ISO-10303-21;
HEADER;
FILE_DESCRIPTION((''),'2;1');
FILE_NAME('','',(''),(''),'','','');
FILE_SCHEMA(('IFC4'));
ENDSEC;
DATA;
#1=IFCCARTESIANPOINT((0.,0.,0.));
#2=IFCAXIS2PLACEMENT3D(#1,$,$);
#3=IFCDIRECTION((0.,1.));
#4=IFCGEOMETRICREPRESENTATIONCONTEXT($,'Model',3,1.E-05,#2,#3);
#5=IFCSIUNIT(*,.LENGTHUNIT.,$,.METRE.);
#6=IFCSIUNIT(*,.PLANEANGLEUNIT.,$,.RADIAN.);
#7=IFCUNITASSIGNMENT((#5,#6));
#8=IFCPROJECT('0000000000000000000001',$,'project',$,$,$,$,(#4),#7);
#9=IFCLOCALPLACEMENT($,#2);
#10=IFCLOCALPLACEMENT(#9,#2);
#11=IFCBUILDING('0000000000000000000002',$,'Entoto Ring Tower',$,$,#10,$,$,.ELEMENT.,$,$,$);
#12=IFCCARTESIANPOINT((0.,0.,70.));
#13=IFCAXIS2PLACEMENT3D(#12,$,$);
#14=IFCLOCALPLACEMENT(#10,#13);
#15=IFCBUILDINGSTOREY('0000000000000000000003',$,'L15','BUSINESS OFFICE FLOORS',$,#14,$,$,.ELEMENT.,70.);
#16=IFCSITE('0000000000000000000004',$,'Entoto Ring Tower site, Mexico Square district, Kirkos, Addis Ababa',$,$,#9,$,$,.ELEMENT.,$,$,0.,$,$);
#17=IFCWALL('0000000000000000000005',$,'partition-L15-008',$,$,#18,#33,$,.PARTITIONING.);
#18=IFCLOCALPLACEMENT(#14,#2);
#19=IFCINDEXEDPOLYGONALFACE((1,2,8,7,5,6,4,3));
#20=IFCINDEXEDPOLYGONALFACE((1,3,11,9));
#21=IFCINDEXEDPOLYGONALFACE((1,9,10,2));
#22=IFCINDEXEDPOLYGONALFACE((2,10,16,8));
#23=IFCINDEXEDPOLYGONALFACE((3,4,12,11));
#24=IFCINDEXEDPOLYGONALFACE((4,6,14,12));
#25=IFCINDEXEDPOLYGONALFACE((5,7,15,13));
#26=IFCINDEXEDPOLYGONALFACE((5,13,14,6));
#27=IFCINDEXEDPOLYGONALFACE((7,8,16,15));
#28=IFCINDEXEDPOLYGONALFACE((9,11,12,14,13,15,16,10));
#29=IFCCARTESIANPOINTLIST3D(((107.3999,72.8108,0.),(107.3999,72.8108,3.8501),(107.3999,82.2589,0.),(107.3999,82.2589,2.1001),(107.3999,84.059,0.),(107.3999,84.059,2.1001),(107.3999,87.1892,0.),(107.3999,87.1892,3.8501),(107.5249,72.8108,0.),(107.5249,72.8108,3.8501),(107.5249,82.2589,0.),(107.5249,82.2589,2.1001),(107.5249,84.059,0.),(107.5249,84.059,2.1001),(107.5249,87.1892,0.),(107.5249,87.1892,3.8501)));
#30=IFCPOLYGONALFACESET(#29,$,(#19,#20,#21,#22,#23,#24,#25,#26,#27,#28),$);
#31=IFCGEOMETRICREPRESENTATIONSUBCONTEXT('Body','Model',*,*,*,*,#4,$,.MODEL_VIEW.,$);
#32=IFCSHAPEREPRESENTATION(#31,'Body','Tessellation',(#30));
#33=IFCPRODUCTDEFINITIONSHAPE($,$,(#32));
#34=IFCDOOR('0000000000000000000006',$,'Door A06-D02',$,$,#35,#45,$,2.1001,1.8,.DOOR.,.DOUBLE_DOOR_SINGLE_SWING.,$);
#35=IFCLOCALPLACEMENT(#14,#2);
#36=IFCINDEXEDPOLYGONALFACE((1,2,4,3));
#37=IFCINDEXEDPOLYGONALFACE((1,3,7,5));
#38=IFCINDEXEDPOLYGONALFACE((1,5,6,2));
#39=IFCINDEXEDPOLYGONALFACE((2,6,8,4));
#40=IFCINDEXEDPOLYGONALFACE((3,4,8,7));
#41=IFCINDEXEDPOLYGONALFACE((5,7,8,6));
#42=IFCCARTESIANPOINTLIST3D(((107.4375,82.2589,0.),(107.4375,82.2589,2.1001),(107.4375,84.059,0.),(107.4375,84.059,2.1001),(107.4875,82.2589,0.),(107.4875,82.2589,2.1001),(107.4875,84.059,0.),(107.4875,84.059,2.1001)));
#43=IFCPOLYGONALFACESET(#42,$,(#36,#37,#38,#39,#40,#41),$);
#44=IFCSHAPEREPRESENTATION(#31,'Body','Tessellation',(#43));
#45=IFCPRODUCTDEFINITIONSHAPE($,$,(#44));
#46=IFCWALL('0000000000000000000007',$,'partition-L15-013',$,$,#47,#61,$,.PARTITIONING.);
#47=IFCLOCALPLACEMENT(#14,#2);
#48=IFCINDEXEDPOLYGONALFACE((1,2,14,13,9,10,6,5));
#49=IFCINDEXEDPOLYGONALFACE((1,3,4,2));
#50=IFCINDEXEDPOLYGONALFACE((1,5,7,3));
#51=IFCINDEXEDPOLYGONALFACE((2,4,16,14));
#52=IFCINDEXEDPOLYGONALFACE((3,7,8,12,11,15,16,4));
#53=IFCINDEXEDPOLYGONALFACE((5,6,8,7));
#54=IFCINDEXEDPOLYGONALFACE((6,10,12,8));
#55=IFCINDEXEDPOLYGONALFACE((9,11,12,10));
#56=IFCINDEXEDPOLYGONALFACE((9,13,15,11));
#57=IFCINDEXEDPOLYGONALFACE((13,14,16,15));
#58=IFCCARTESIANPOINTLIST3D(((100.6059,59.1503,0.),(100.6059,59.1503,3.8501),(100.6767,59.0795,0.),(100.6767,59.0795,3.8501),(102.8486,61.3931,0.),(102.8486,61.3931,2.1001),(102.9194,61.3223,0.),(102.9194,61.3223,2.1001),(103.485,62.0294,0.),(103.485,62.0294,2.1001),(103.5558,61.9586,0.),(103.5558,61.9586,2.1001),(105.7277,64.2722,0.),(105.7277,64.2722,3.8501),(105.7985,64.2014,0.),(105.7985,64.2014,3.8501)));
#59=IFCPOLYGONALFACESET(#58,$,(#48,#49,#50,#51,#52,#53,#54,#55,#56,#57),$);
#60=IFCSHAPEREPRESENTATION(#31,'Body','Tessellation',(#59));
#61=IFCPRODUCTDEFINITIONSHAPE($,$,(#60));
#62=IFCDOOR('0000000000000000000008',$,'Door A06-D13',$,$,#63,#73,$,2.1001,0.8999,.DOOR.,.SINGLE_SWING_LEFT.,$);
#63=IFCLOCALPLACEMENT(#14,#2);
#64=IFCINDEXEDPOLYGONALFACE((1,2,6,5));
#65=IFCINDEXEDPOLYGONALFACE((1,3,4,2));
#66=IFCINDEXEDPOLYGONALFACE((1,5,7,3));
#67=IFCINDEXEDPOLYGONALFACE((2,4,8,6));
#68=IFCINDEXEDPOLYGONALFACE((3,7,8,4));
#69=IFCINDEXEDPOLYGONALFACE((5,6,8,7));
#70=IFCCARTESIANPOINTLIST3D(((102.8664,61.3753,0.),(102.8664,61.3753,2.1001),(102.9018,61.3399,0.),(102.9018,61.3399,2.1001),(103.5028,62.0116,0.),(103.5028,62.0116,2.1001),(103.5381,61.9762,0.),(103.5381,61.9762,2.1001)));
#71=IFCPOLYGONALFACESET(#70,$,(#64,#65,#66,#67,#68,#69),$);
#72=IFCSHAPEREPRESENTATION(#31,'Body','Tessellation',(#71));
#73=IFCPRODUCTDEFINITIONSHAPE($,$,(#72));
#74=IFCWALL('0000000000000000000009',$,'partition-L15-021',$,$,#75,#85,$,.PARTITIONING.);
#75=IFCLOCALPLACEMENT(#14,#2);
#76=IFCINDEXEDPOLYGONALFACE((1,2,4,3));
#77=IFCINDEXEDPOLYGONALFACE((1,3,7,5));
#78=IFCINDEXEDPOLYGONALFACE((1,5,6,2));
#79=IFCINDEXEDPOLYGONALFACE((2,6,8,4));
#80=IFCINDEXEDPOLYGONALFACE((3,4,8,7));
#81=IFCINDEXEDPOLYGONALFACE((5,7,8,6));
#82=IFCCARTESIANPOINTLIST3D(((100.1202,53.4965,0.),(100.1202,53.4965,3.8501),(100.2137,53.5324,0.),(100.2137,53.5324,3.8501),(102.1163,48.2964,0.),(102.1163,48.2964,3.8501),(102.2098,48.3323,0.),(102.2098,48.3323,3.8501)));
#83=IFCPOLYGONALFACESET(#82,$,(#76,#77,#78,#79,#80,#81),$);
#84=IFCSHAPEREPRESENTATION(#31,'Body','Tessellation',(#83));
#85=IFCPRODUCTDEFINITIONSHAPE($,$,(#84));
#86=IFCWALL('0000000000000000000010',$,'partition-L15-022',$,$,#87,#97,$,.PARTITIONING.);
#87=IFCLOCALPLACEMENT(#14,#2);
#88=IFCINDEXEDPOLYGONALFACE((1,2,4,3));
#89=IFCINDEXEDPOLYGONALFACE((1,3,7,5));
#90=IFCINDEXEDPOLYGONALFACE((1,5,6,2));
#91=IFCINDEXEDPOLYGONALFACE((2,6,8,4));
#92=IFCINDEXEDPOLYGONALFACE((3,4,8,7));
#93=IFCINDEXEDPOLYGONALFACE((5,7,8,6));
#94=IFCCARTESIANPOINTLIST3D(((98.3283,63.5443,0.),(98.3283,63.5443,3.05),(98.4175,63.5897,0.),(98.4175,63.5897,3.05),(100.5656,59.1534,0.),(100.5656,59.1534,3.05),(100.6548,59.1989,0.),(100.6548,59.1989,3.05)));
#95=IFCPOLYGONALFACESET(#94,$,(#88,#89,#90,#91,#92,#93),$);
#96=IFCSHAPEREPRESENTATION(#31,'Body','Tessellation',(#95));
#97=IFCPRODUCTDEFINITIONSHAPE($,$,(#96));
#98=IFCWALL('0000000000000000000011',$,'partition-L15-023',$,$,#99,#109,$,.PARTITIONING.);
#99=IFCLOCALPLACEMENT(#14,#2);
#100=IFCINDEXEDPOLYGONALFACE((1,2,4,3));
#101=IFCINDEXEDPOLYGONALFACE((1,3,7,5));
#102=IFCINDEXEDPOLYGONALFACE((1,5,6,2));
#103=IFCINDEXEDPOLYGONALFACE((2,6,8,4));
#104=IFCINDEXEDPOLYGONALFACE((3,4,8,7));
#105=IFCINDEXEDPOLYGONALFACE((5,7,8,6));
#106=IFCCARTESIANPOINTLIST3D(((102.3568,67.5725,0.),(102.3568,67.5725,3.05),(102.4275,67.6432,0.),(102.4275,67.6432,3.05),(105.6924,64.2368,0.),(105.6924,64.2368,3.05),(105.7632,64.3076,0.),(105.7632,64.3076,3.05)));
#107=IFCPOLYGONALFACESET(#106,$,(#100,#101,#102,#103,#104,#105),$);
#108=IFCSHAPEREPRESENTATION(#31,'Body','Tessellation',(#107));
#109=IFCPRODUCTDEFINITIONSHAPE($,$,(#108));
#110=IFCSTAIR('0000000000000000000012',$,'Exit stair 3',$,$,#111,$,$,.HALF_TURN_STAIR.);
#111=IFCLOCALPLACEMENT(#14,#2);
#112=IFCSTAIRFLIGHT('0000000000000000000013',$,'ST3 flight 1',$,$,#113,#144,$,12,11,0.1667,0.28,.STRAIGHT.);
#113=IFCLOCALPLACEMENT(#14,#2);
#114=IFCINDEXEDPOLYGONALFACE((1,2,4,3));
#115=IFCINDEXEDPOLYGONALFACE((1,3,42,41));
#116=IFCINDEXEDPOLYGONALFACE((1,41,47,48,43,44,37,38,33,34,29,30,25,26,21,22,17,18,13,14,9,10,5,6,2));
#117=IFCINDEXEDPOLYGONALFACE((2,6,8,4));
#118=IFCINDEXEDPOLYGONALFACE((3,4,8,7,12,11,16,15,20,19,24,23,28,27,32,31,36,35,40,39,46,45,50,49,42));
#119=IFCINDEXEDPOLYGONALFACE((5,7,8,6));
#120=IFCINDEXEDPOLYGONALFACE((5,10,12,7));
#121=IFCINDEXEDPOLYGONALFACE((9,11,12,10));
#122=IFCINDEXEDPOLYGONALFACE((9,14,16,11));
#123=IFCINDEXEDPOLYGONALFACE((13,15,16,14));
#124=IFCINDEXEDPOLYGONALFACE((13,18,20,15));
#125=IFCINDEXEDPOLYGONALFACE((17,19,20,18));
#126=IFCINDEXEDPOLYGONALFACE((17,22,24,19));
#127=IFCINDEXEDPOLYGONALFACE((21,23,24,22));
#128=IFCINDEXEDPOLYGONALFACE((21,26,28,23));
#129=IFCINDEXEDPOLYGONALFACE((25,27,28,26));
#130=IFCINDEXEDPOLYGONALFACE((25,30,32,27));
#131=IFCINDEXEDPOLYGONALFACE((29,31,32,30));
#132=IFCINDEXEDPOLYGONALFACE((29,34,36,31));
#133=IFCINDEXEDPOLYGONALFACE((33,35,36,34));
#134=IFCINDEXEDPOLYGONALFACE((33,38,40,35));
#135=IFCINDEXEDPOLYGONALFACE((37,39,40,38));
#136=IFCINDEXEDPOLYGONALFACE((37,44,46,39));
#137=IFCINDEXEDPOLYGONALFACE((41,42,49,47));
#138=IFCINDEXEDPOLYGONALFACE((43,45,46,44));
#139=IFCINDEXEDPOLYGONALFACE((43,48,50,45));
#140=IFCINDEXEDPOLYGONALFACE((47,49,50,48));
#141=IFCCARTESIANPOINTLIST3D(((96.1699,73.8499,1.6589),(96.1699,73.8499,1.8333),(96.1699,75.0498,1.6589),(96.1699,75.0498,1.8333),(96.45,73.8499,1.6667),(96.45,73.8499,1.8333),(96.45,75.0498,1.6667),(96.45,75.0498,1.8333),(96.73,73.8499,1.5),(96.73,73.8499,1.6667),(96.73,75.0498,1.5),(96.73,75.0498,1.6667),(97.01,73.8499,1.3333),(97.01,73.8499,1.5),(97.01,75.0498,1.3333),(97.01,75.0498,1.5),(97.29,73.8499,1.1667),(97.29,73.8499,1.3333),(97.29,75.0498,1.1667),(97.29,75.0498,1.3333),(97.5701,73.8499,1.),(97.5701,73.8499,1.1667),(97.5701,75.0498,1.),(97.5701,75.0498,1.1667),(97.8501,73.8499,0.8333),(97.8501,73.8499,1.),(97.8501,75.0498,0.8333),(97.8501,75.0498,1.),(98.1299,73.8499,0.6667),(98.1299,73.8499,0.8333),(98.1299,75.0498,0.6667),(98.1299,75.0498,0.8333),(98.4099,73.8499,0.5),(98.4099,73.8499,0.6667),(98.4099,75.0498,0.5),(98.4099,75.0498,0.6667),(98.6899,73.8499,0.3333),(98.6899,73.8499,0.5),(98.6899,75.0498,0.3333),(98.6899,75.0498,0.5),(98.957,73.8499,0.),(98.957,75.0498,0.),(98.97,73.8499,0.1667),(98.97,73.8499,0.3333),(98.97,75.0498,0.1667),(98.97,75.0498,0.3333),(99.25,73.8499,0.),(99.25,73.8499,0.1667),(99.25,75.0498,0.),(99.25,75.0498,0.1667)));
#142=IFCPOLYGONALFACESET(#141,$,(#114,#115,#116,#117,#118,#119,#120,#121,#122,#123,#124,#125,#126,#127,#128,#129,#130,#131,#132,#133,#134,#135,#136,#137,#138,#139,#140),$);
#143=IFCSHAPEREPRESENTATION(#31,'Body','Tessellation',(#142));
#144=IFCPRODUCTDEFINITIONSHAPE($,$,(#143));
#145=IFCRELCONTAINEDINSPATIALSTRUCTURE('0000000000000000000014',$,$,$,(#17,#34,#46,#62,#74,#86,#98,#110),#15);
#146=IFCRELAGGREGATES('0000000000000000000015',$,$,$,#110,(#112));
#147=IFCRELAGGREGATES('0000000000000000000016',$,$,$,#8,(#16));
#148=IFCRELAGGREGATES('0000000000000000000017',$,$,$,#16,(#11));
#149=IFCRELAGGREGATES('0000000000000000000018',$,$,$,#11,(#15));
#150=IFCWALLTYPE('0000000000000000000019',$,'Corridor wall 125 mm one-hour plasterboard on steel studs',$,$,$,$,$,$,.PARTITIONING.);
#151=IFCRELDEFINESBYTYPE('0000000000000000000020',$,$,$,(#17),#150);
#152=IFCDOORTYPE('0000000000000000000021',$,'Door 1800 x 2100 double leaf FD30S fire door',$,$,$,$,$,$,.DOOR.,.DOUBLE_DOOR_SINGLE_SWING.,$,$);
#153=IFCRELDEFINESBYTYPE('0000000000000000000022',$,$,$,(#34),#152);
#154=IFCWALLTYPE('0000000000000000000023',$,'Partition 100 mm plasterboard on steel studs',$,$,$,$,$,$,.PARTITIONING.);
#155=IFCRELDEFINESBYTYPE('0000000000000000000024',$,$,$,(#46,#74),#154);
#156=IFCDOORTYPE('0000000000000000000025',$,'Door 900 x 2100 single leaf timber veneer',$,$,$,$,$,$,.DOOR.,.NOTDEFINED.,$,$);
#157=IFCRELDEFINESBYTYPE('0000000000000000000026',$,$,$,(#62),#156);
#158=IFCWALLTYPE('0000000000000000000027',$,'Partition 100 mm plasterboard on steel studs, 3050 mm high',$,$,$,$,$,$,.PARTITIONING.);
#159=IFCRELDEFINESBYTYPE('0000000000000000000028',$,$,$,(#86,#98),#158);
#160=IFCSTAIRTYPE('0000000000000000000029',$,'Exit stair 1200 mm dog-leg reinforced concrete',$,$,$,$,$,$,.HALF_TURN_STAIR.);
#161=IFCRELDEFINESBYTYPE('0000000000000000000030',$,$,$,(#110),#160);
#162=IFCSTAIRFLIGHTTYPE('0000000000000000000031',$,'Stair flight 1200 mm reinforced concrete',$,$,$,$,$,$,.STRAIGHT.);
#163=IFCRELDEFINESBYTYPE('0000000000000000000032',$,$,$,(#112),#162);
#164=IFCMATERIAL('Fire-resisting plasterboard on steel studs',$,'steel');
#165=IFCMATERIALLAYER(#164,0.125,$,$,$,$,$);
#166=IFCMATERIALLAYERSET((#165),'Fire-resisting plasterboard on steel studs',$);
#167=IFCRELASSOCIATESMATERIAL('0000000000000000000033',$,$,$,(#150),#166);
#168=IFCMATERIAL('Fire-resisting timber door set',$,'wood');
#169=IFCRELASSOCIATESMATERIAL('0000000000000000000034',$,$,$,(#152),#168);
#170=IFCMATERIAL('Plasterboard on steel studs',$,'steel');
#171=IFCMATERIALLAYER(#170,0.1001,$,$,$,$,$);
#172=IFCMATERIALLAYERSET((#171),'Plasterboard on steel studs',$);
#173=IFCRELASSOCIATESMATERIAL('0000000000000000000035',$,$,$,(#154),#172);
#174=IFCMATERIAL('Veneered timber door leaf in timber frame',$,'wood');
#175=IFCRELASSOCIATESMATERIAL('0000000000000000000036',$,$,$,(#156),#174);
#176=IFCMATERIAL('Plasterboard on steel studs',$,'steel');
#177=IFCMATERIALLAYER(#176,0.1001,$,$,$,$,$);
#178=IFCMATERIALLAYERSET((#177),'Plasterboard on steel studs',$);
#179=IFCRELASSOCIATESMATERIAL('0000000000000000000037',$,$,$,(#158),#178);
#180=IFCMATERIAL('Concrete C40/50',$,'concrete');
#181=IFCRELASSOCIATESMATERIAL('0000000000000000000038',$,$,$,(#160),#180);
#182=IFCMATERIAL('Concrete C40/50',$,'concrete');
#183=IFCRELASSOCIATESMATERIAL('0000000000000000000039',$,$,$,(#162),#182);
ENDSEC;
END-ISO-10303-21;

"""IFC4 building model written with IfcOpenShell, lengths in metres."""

from ifc_helpers import new_model, si_unit, direction, frame, frame_2d, origin, place, context, subcontext, project, spatial, polyline, rectangle, outline, extrude, material, layer, layer_set, type_object, element, fill, aggregate, save


model = new_model("IFC4")

# Units and contexts
model_context = context("Model", 3, precision=1e-05, world=origin(), true_north=direction((0.0, 1.0)))
body_context = subcontext(model_context, "Body", "Model", "MODEL_VIEW")
ifc_project = project(units=[si_unit("LENGTHUNIT", "METRE"), si_unit("PLANEANGLEUNIT", "RADIAN")], contexts=[model_context])

# Site, building, storey
site_placement = place(None, origin())
site = spatial("IfcSite", under=ifc_project, at=site_placement, Name="Entoto Ring Tower site, Mexico Square district, Kirkos, Addis Ababa", CompositionType="ELEMENT", RefElevation=0.0)
building_placement = place(site_placement, origin())
building = spatial("IfcBuilding", under=site, at=building_placement, Name="Entoto Ring Tower", CompositionType="ELEMENT")
storey_placement = place(building_placement, frame((0.0, 0.0, 70.0)))
storey = spatial("IfcBuildingStorey", under=building, at=storey_placement, Name="L15", Description="BUSINESS OFFICE FLOORS", CompositionType="ELEMENT", Elevation=70.0)

# Walls, openings, doors
ifc_material_1 = material(Name="Fire-resisting plasterboard on steel studs", Category="steel")
ifc_layer_1 = layer(ifc_material_1, 0.125)
ifc_layer_set_1 = layer_set([ifc_layer_1], Name="Fire-resisting plasterboard on steel studs")
wall_type_1 = type_object("IfcWallType", Name="Corridor wall 125 mm one-hour plasterboard on steel studs", PredefinedType="PARTITIONING", material=ifc_layer_set_1)
wall_1_placement = place(storey_placement, frame((107.4624, 72.8108, 0.0), z_axis=(0.0, 0.0, 1.0), x_axis=(0.0, 1.0, 0.0)))
wall_1 = element("IfcWall", 1, at=wall_1_placement, inside=storey, type_object=wall_type_1, Name="partition-L15-008", PredefinedType="PARTITIONING", context=body_context, shape_type="SweptSolid", body=[
    extrude(rectangle(XDim=14.3784, YDim=0.125, at=frame_2d((7.1892, 0.0))), origin(), (0.0, 0.0, 1.0), 3.8501),
])
opening_1_placement = place(wall_1_placement, frame((9.4482, 0.0, 0.0)))
opening_1 = element("IfcOpeningElement", 2, at=opening_1_placement, cuts=wall_1, PredefinedType="OPENING", context=body_context, shape_type="SweptSolid", body=[
    extrude(rectangle(XDim=1.8, YDim=2.1001, at=frame_2d((0.8999, 1.05))), frame((0.0, 0.0725, 0.0), z_axis=(0.0, -1.0, 0.0), x_axis=(1.0, 0.0, 0.0)), (0.0, 0.0, 1.0), 0.145),
])
ifc_material_2 = material(Name="Fire-resisting timber door set", Category="wood")
door_type_1 = type_object("IfcDoorType", Name="Door 1800 x 2100 double leaf FD30S fire door", OperationType="DOUBLE_DOOR_SINGLE_SWING", PredefinedType="DOOR", material=ifc_material_2)
door_1_placement = place(opening_1_placement, origin())
door_1 = element("IfcDoor", 3, at=door_1_placement, inside=storey, type_object=door_type_1, Name="Door A06-D02", OperationType="DOUBLE_DOOR_SINGLE_SWING", OverallHeight=2.1001, OverallWidth=1.8, PredefinedType="DOOR", context=body_context, shape_type="SweptSolid", body=[
    extrude(rectangle(XDim=1.8, YDim=2.1001, at=frame_2d((0.8999, 1.05))), frame((0.0, 0.0249, 0.0), z_axis=(0.0, -1.0, 0.0), x_axis=(1.0, 0.0, 0.0)), (0.0, 0.0, 1.0), 0.05),
])
fill(opening_1, door_1)
ifc_material_3 = material(Name="Plasterboard on steel studs", Category="steel")
ifc_layer_2 = layer(ifc_material_3, 0.1001)
ifc_layer_set_2 = layer_set([ifc_layer_2], Name="Plasterboard on steel studs")
wall_type_2 = type_object("IfcWallType", Name="Partition 100 mm plasterboard on steel studs", PredefinedType="PARTITIONING", material=ifc_layer_set_2)
wall_2_placement = place(storey_placement, frame((100.6414, 59.115, 0.0), z_axis=(0.0, 0.0, 1.0), x_axis=(0.707107, 0.707107, 0.0)))
wall_2 = element("IfcWall", 4, at=wall_2_placement, inside=storey, type_object=wall_type_2, Name="partition-L15-013", PredefinedType="PARTITIONING", context=body_context, shape_type="SweptSolid", body=[
    extrude(rectangle(XDim=7.2434, YDim=0.1001, at=frame_2d((3.6216, 0.0))), origin(), (0.0, 0.0, 1.0), 3.8501),
])
opening_2_placement = place(wall_2_placement, frame((3.1716, 0.0, 0.0)))
opening_2 = element("IfcOpeningElement", 5, at=opening_2_placement, cuts=wall_2, PredefinedType="OPENING", context=body_context, shape_type="SweptSolid", body=[
    extrude(rectangle(XDim=0.8999, YDim=2.1001, at=frame_2d((0.45, 1.05))), frame((0.0, 0.0601, 0.0), z_axis=(0.0, -1.0, 0.0), x_axis=(1.0, 0.0, 0.0)), (0.0, 0.0, 1.0), 0.1201),
])
ifc_material_4 = material(Name="Veneered timber door leaf in timber frame", Category="wood")
door_type_2 = type_object("IfcDoorType", Name="Door 900 x 2100 single leaf timber veneer", OperationType="NOTDEFINED", PredefinedType="DOOR", material=ifc_material_4)
door_2_placement = place(opening_2_placement, origin())
door_2 = element("IfcDoor", 6, at=door_2_placement, inside=storey, type_object=door_type_2, Name="Door A06-D13", OperationType="SINGLE_SWING_LEFT", OverallHeight=2.1001, OverallWidth=0.8999, PredefinedType="DOOR", context=body_context, shape_type="SweptSolid", body=[
    extrude(rectangle(XDim=0.8999, YDim=2.1001, at=frame_2d((0.45, 1.05))), frame((0.0, 0.0249, 0.0), z_axis=(0.0, -1.0, 0.0), x_axis=(1.0, 0.0, 0.0)), (0.0, 0.0, 1.0), 0.05),
])
fill(opening_2, door_2)

# Walls
wall_3_placement = place(storey_placement, frame((102.1631, 48.3142, 0.0), z_axis=(0.0, 0.0, 1.0), x_axis=(-0.358356, 0.933585, 0.0)))
element("IfcWall", 7, at=wall_3_placement, inside=storey, type_object=wall_type_2, Name="partition-L15-021", PredefinedType="PARTITIONING", context=body_context, shape_type="SweptSolid", body=[
    extrude(rectangle(XDim=5.5701, YDim=0.1001, at=frame_2d((2.7852, 0.0))), origin(), (0.0, 0.0, 1.0), 3.8501),
])
ifc_material_5 = material(Name="Plasterboard on steel studs", Category="steel")
ifc_layer_3 = layer(ifc_material_5, 0.1001)
ifc_layer_set_3 = layer_set([ifc_layer_3], Name="Plasterboard on steel studs")
wall_type_3 = type_object("IfcWallType", Name="Partition 100 mm plasterboard on steel studs, 3050 mm high", PredefinedType="PARTITIONING", material=ifc_layer_set_3)
wall_4_placement = place(storey_placement, frame((100.6101, 59.1763, 0.0), z_axis=(0.0, 0.0, 1.0), x_axis=(-0.453998, 0.891003, 0.0)))
element("IfcWall", 8, at=wall_4_placement, inside=storey, type_object=wall_type_3, Name="partition-L15-022", PredefinedType="PARTITIONING", context=body_context, shape_type="SweptSolid", body=[
    extrude(rectangle(XDim=4.928, YDim=0.1001, at=frame_2d((2.4639, 0.0))), origin(), (0.0, 0.0, 1.0), 3.05),
])
wall_5_placement = place(storey_placement, frame((105.7278, 64.2722, 0.0), z_axis=(0.0, 0.0, 1.0), x_axis=(-0.707107, 0.707107, 0.0)))
element("IfcWall", 9, at=wall_5_placement, inside=storey, type_object=wall_type_3, Name="partition-L15-023", PredefinedType="PARTITIONING", context=body_context, shape_type="SweptSolid", body=[
    extrude(rectangle(XDim=4.7173, YDim=0.1001, at=frame_2d((2.3586, 0.0))), origin(), (0.0, 0.0, 1.0), 3.05),
])

# Stair, stair flight
ifc_material_6 = material(Name="Concrete C40/50", Category="concrete")
stair_type = type_object("IfcStairType", Name="Exit stair 1200 mm dog-leg reinforced concrete", PredefinedType="HALF_TURN_STAIR", material=ifc_material_6)
stair_placement = place(storey_placement, origin())
stair = element("IfcStair", 10, at=stair_placement, inside=storey, type_object=stair_type, Name="Exit stair 3", PredefinedType="HALF_TURN_STAIR")
ifc_material_7 = material(Name="Concrete C40/50", Category="concrete")
stair_flight_type = type_object("IfcStairFlightType", Name="Stair flight 1200 mm reinforced concrete", PredefinedType="STRAIGHT", material=ifc_material_7)
stair_flight_placement = place(storey_placement, frame((99.25, 74.45, 0.0), z_axis=(0.0, 0.0, 1.0), x_axis=(-1.0, 0.0, 0.0)))
stair_flight = element("IfcStairFlight", 11, at=stair_flight_placement, type_object=stair_flight_type, Name="ST3 flight 1", NumberOfRisers=12, NumberOfTreads=11, PredefinedType="STRAIGHT", RiserHeight=0.1667, TreadLength=0.28, context=body_context, shape_type="SweptSolid", body=[
    extrude(outline(polyline([(0.0, 0.0), (0.0, 0.1667), (0.28, 0.1667), (0.28, 0.3333), (0.5601, 0.3333), (0.5601, 0.5), (0.8401, 0.5), (0.8401, 0.6667), (1.1201, 0.6667), (1.1201, 0.8333), (1.3999, 0.8333), (1.3999, 1.0), (1.6799, 1.0), (1.6799, 1.1667), (1.96, 1.1667), (1.96, 1.3333), (2.24, 1.3333), (2.24, 1.5), (2.52, 1.5), (2.52, 1.6667), (2.8, 1.6667), (2.8, 1.8333), (3.0801, 1.8333), (3.0801, 2.0), (3.0801, 1.6589), (0.293, 0.0), (0.0, 0.0)])), frame((0.0, 0.6001, 0.0), z_axis=(0.0, -1.0, 0.0), x_axis=(1.0, 0.0, 0.0)), (0.0, 0.0, 1.0), 1.2),
])
aggregate(stair, [stair_flight])

save(model, "model.ifc")
